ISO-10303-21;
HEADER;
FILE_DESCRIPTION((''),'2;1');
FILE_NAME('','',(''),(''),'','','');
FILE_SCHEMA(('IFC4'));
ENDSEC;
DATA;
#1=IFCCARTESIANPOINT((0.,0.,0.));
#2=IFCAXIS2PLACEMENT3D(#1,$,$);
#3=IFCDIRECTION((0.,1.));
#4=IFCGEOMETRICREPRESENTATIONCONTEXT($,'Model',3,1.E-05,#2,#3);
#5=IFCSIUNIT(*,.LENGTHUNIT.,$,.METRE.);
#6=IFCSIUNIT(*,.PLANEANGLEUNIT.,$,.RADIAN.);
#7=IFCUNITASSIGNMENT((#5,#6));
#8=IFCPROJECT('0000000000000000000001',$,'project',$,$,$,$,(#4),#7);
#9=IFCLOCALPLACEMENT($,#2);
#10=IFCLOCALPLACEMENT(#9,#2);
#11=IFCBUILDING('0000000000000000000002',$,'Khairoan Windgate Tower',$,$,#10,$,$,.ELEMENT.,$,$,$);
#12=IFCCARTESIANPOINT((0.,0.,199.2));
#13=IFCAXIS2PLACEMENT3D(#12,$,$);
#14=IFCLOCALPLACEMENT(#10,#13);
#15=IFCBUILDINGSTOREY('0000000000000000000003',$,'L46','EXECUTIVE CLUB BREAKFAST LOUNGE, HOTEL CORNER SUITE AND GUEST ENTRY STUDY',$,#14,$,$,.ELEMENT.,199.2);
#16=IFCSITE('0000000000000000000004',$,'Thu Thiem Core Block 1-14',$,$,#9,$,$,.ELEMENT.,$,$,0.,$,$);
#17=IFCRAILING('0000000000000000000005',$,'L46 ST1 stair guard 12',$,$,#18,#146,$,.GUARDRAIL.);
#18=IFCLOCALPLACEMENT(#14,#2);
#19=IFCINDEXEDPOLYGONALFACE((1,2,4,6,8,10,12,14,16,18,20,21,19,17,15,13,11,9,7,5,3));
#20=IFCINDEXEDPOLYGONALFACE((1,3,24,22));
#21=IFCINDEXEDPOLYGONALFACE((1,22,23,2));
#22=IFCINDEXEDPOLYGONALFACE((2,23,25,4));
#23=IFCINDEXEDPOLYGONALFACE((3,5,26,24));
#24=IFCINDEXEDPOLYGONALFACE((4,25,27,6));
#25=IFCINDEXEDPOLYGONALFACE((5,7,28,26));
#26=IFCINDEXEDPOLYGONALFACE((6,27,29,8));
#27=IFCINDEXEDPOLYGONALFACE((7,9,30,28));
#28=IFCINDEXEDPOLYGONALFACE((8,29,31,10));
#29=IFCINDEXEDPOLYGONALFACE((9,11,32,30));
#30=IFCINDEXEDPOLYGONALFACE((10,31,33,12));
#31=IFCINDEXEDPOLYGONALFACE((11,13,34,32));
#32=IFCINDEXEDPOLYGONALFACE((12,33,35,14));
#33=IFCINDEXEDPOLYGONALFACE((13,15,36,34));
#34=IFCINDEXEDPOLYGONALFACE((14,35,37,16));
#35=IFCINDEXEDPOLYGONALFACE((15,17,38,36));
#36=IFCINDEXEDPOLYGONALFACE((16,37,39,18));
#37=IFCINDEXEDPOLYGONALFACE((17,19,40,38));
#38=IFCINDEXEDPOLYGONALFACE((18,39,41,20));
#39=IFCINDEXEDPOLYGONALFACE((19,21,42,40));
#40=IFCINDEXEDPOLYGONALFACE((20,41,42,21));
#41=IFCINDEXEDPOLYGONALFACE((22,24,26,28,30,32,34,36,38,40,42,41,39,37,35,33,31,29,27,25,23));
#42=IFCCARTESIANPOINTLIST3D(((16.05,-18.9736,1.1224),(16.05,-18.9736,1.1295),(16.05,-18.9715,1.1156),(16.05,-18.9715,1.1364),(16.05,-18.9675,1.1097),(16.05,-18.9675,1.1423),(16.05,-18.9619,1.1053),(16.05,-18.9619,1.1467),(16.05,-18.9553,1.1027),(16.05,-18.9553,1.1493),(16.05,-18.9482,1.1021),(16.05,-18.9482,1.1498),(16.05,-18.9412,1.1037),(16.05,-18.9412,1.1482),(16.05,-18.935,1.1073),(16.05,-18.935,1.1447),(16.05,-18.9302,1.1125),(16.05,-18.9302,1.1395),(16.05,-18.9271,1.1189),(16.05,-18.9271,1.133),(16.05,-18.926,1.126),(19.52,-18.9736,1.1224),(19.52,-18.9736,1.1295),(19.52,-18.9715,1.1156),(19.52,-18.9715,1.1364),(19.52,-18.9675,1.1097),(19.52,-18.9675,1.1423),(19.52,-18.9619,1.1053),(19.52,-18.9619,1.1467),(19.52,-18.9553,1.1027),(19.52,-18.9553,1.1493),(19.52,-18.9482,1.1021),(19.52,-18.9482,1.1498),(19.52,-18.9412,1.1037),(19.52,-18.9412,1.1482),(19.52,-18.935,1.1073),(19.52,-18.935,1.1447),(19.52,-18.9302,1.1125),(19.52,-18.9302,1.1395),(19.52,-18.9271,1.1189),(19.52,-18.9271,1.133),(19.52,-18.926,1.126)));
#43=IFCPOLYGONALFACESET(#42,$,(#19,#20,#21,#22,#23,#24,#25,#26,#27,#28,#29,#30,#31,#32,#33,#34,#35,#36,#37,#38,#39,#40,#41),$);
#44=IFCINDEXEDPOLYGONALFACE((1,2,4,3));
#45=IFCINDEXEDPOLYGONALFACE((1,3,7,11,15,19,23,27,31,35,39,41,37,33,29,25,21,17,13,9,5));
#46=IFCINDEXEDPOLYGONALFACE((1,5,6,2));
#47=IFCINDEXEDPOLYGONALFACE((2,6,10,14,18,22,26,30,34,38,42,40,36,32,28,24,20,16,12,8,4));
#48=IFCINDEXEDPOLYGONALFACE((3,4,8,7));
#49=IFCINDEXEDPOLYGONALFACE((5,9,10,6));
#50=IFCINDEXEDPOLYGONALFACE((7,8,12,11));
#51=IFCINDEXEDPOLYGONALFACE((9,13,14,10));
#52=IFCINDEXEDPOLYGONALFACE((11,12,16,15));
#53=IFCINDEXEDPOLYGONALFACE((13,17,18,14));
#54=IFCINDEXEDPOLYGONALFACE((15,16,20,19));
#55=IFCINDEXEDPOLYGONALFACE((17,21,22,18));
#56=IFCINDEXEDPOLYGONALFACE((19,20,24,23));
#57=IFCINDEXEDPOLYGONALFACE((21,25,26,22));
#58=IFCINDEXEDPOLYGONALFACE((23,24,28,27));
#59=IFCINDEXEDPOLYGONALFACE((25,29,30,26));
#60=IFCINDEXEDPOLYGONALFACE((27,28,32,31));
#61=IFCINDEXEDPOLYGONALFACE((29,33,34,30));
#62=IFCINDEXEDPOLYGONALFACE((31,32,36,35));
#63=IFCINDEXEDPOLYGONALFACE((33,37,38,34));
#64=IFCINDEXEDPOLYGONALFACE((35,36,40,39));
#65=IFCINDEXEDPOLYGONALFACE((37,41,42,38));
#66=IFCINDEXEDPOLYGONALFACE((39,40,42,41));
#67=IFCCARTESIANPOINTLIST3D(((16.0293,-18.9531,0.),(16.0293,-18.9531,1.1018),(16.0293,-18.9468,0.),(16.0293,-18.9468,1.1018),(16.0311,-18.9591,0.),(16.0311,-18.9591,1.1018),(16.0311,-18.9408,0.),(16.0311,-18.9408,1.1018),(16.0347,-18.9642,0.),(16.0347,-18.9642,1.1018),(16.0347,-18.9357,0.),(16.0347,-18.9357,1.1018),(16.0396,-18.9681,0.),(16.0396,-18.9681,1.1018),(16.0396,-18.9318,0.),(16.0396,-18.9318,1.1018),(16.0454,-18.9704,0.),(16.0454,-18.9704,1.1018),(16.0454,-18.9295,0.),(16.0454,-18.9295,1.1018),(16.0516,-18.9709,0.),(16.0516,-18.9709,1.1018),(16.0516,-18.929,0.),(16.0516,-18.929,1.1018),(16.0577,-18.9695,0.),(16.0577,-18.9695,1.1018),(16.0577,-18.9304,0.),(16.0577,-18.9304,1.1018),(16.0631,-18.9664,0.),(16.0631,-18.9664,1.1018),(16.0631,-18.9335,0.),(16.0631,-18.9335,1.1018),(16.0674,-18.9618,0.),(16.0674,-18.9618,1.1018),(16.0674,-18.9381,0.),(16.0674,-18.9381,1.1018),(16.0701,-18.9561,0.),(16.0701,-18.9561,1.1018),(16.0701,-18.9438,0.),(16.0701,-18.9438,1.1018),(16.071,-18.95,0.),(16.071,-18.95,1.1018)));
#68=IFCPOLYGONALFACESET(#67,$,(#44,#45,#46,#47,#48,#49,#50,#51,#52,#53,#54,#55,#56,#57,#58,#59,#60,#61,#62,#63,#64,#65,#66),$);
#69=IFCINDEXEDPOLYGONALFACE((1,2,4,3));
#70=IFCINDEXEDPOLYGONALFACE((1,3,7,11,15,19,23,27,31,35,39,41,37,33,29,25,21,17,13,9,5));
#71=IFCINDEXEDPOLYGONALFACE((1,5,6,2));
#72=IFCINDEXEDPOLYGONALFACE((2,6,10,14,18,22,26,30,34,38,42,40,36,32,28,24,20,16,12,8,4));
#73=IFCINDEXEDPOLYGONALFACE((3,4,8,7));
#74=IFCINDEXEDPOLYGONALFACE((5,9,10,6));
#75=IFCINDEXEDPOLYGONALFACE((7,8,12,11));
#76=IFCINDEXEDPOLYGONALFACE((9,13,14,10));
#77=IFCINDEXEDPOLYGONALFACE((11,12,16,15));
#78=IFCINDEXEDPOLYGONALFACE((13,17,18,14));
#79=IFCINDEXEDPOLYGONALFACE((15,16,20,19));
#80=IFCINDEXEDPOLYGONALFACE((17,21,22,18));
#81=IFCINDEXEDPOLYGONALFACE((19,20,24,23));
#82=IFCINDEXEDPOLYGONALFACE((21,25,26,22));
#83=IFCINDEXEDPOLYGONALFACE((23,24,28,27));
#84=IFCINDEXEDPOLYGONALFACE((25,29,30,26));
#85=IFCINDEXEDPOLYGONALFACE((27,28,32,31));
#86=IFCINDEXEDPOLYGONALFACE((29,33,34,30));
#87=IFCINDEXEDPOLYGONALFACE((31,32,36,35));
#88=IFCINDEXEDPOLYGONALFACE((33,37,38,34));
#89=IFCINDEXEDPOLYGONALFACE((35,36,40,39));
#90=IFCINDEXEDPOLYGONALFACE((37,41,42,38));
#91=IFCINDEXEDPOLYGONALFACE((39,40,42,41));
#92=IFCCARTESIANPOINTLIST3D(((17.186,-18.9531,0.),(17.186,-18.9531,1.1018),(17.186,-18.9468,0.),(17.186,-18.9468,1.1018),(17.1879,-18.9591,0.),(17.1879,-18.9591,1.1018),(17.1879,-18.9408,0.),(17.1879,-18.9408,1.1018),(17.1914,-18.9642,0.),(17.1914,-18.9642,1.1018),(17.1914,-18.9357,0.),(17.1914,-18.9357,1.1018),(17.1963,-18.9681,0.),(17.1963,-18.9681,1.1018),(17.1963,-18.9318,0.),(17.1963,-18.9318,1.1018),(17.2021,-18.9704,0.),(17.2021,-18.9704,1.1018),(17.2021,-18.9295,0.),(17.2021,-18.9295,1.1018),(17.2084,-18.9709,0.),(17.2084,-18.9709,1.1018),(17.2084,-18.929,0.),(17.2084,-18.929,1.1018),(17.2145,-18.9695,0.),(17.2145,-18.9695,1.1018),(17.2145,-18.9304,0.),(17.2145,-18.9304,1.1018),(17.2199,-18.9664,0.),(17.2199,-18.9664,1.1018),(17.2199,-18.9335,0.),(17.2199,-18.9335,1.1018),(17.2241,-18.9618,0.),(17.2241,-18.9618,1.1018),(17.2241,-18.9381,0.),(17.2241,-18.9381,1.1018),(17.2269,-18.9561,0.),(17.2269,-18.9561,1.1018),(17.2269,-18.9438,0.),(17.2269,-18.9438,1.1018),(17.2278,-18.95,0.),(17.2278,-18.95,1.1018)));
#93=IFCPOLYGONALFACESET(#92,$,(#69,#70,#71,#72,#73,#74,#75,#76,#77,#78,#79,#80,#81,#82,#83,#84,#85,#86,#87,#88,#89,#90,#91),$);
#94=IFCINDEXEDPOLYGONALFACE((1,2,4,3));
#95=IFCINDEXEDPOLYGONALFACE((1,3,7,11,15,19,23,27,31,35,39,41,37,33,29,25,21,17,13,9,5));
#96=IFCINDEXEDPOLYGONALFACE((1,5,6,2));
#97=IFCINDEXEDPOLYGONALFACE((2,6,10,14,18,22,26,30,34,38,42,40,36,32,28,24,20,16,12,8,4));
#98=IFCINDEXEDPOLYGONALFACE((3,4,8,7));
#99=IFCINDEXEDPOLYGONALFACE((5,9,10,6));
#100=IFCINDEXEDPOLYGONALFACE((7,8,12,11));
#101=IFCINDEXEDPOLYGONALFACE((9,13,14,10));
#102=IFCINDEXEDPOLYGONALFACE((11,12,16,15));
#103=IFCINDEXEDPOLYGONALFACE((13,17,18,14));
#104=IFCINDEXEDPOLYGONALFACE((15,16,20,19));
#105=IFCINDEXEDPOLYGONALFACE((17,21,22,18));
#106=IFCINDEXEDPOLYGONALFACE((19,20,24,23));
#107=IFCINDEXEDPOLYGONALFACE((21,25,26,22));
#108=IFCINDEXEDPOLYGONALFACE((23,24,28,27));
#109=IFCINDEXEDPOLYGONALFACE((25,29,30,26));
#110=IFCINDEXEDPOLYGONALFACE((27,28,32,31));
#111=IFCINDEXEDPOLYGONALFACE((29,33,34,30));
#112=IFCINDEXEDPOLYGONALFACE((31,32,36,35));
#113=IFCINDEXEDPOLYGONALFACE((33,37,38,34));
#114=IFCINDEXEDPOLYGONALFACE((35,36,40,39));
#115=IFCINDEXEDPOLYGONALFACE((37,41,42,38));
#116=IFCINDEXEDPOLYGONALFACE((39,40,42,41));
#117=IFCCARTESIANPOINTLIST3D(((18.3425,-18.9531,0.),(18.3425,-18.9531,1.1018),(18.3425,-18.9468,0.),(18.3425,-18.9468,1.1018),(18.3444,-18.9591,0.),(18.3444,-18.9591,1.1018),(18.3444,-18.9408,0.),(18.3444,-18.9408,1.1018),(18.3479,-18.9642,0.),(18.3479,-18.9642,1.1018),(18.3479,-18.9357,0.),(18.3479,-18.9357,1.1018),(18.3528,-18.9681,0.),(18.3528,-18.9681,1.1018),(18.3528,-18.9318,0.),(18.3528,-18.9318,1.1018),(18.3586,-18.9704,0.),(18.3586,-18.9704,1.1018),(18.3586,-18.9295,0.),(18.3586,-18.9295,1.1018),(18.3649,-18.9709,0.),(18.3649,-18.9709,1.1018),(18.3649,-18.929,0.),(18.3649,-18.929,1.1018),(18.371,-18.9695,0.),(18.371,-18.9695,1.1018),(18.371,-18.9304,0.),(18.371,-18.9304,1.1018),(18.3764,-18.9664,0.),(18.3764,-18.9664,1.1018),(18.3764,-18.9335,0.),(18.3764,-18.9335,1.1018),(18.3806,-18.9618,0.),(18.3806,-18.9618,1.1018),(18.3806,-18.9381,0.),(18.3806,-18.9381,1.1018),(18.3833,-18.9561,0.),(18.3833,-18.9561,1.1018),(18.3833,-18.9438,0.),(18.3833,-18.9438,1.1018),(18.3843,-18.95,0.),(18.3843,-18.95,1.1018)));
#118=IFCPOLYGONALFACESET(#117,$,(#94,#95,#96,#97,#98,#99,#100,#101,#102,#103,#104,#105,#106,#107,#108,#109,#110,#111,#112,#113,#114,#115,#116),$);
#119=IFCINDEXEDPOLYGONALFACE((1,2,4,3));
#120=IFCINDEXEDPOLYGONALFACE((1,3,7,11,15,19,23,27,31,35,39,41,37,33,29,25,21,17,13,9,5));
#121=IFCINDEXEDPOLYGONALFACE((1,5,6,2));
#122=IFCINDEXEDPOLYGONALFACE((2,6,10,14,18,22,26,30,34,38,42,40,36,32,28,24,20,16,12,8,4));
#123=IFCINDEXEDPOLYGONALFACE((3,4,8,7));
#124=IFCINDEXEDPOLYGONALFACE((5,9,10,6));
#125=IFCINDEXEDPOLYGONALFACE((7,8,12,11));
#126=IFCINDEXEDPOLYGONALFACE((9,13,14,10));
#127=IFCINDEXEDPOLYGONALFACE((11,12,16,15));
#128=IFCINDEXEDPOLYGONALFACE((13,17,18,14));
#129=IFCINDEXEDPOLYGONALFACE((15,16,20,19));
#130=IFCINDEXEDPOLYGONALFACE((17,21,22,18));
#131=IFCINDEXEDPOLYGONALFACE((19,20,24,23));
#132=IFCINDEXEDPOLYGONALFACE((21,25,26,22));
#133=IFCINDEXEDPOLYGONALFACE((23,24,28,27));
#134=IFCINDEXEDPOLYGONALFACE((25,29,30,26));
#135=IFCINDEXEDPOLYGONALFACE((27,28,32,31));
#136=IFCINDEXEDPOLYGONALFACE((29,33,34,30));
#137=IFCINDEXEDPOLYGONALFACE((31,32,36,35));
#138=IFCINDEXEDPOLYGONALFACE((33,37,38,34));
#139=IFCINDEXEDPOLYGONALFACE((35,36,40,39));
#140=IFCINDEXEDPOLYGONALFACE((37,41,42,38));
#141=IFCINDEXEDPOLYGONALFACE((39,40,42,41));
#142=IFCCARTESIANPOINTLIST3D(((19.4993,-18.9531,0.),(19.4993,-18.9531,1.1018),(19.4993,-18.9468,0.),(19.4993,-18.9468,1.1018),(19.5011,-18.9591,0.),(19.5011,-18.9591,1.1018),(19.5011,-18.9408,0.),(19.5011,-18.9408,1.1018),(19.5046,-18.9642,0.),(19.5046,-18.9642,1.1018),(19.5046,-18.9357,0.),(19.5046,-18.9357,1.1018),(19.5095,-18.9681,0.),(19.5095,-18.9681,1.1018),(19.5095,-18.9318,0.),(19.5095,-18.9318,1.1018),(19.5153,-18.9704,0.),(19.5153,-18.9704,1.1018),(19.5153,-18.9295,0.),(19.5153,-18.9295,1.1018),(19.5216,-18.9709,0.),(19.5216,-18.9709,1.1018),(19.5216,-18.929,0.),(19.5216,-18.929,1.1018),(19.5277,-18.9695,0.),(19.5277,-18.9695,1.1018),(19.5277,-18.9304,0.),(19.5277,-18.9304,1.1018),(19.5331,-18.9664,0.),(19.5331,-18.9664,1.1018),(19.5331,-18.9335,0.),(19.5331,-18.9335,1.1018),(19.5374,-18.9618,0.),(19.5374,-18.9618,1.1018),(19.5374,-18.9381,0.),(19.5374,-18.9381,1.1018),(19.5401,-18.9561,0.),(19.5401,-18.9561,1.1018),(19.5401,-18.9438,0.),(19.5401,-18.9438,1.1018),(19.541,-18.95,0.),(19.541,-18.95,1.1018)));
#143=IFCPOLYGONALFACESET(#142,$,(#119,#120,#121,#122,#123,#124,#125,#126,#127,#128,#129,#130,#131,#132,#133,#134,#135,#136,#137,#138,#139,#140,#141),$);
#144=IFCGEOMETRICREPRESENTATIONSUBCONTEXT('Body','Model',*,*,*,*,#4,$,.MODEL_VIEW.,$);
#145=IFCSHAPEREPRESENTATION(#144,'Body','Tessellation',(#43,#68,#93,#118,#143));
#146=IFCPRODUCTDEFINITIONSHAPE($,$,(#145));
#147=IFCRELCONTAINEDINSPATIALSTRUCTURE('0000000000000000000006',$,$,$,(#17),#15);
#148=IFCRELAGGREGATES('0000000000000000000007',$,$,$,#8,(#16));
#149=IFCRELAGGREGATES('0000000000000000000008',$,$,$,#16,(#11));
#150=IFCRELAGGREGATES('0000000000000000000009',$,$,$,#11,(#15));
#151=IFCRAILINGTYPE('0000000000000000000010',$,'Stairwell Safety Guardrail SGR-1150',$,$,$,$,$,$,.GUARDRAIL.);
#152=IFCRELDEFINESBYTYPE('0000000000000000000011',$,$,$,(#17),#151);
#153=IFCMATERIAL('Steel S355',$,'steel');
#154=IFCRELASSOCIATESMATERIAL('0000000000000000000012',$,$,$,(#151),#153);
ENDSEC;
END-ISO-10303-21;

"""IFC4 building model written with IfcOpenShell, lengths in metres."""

from ifc_helpers import new_model, si_unit, direction, frame, origin, origin_2d, place, context, subcontext, project, spatial, circle, extrude, material, type_object, element, save


model = new_model("IFC4")

# Units and contexts
model_context = context("Model", 3, precision=1e-05, world=origin(), true_north=direction((0.0, 1.0)))
body_context = subcontext(model_context, "Body", "Model", "MODEL_VIEW")
ifc_project = project(units=[si_unit("LENGTHUNIT", "METRE"), si_unit("PLANEANGLEUNIT", "RADIAN")], contexts=[model_context])

# Site, building, storey
site_placement = place(None, origin())
site = spatial("IfcSite", under=ifc_project, at=site_placement, Name="Thu Thiem Core Block 1-14", CompositionType="ELEMENT", RefElevation=0.0)
building_placement = place(site_placement, origin())
building = spatial("IfcBuilding", under=site, at=building_placement, Name="Khairoan Windgate Tower", CompositionType="ELEMENT")
storey_placement = place(building_placement, frame((0.0, 0.0, 199.2)))
storey = spatial("IfcBuildingStorey", under=building, at=storey_placement, Name="L46", Description="EXECUTIVE CLUB BREAKFAST LOUNGE, HOTEL CORNER SUITE AND GUEST ENTRY STUDY", CompositionType="ELEMENT", Elevation=199.2)

# Railing
ifc_material_1 = material(Name="Steel S355", Category="steel")
railing_type = type_object("IfcRailingType", Name="Stairwell Safety Guardrail SGR-1150", PredefinedType="GUARDRAIL", material=ifc_material_1)
railing_1_placement = place(storey_placement, frame((16.05, -18.95, 0.0)))
element("IfcRailing", 1, at=railing_1_placement, inside=storey, type_object=railing_type, Name="L46 ST1 stair guard 12", PredefinedType="GUARDRAIL", context=body_context, shape_type="SweptSolid", body=[
    extrude(circle(Radius=0.0239, at=origin_2d()), frame((0.0, 0.0, 1.126), z_axis=(1.0, 0.0, 0.0), x_axis=(0.0, 1.0, 0.0)), (0.0, 0.0, 1.0), 3.47),
    extrude(circle(Radius=0.021, at=origin_2d()), origin(), (0.0, 0.0, 1.0), 1.1018),
    extrude(circle(Radius=0.021, at=origin_2d()), frame((1.1567, 0.0, 0.0)), (0.0, 0.0, 1.0), 1.1018),
    extrude(circle(Radius=0.021, at=origin_2d()), frame((2.3132, 0.0, 0.0)), (0.0, 0.0, 1.0), 1.1018),
    extrude(circle(Radius=0.021, at=origin_2d()), frame((3.47, 0.0, 0.0)), (0.0, 0.0, 1.0), 1.1018),
])

save(model, "model.ifc")
